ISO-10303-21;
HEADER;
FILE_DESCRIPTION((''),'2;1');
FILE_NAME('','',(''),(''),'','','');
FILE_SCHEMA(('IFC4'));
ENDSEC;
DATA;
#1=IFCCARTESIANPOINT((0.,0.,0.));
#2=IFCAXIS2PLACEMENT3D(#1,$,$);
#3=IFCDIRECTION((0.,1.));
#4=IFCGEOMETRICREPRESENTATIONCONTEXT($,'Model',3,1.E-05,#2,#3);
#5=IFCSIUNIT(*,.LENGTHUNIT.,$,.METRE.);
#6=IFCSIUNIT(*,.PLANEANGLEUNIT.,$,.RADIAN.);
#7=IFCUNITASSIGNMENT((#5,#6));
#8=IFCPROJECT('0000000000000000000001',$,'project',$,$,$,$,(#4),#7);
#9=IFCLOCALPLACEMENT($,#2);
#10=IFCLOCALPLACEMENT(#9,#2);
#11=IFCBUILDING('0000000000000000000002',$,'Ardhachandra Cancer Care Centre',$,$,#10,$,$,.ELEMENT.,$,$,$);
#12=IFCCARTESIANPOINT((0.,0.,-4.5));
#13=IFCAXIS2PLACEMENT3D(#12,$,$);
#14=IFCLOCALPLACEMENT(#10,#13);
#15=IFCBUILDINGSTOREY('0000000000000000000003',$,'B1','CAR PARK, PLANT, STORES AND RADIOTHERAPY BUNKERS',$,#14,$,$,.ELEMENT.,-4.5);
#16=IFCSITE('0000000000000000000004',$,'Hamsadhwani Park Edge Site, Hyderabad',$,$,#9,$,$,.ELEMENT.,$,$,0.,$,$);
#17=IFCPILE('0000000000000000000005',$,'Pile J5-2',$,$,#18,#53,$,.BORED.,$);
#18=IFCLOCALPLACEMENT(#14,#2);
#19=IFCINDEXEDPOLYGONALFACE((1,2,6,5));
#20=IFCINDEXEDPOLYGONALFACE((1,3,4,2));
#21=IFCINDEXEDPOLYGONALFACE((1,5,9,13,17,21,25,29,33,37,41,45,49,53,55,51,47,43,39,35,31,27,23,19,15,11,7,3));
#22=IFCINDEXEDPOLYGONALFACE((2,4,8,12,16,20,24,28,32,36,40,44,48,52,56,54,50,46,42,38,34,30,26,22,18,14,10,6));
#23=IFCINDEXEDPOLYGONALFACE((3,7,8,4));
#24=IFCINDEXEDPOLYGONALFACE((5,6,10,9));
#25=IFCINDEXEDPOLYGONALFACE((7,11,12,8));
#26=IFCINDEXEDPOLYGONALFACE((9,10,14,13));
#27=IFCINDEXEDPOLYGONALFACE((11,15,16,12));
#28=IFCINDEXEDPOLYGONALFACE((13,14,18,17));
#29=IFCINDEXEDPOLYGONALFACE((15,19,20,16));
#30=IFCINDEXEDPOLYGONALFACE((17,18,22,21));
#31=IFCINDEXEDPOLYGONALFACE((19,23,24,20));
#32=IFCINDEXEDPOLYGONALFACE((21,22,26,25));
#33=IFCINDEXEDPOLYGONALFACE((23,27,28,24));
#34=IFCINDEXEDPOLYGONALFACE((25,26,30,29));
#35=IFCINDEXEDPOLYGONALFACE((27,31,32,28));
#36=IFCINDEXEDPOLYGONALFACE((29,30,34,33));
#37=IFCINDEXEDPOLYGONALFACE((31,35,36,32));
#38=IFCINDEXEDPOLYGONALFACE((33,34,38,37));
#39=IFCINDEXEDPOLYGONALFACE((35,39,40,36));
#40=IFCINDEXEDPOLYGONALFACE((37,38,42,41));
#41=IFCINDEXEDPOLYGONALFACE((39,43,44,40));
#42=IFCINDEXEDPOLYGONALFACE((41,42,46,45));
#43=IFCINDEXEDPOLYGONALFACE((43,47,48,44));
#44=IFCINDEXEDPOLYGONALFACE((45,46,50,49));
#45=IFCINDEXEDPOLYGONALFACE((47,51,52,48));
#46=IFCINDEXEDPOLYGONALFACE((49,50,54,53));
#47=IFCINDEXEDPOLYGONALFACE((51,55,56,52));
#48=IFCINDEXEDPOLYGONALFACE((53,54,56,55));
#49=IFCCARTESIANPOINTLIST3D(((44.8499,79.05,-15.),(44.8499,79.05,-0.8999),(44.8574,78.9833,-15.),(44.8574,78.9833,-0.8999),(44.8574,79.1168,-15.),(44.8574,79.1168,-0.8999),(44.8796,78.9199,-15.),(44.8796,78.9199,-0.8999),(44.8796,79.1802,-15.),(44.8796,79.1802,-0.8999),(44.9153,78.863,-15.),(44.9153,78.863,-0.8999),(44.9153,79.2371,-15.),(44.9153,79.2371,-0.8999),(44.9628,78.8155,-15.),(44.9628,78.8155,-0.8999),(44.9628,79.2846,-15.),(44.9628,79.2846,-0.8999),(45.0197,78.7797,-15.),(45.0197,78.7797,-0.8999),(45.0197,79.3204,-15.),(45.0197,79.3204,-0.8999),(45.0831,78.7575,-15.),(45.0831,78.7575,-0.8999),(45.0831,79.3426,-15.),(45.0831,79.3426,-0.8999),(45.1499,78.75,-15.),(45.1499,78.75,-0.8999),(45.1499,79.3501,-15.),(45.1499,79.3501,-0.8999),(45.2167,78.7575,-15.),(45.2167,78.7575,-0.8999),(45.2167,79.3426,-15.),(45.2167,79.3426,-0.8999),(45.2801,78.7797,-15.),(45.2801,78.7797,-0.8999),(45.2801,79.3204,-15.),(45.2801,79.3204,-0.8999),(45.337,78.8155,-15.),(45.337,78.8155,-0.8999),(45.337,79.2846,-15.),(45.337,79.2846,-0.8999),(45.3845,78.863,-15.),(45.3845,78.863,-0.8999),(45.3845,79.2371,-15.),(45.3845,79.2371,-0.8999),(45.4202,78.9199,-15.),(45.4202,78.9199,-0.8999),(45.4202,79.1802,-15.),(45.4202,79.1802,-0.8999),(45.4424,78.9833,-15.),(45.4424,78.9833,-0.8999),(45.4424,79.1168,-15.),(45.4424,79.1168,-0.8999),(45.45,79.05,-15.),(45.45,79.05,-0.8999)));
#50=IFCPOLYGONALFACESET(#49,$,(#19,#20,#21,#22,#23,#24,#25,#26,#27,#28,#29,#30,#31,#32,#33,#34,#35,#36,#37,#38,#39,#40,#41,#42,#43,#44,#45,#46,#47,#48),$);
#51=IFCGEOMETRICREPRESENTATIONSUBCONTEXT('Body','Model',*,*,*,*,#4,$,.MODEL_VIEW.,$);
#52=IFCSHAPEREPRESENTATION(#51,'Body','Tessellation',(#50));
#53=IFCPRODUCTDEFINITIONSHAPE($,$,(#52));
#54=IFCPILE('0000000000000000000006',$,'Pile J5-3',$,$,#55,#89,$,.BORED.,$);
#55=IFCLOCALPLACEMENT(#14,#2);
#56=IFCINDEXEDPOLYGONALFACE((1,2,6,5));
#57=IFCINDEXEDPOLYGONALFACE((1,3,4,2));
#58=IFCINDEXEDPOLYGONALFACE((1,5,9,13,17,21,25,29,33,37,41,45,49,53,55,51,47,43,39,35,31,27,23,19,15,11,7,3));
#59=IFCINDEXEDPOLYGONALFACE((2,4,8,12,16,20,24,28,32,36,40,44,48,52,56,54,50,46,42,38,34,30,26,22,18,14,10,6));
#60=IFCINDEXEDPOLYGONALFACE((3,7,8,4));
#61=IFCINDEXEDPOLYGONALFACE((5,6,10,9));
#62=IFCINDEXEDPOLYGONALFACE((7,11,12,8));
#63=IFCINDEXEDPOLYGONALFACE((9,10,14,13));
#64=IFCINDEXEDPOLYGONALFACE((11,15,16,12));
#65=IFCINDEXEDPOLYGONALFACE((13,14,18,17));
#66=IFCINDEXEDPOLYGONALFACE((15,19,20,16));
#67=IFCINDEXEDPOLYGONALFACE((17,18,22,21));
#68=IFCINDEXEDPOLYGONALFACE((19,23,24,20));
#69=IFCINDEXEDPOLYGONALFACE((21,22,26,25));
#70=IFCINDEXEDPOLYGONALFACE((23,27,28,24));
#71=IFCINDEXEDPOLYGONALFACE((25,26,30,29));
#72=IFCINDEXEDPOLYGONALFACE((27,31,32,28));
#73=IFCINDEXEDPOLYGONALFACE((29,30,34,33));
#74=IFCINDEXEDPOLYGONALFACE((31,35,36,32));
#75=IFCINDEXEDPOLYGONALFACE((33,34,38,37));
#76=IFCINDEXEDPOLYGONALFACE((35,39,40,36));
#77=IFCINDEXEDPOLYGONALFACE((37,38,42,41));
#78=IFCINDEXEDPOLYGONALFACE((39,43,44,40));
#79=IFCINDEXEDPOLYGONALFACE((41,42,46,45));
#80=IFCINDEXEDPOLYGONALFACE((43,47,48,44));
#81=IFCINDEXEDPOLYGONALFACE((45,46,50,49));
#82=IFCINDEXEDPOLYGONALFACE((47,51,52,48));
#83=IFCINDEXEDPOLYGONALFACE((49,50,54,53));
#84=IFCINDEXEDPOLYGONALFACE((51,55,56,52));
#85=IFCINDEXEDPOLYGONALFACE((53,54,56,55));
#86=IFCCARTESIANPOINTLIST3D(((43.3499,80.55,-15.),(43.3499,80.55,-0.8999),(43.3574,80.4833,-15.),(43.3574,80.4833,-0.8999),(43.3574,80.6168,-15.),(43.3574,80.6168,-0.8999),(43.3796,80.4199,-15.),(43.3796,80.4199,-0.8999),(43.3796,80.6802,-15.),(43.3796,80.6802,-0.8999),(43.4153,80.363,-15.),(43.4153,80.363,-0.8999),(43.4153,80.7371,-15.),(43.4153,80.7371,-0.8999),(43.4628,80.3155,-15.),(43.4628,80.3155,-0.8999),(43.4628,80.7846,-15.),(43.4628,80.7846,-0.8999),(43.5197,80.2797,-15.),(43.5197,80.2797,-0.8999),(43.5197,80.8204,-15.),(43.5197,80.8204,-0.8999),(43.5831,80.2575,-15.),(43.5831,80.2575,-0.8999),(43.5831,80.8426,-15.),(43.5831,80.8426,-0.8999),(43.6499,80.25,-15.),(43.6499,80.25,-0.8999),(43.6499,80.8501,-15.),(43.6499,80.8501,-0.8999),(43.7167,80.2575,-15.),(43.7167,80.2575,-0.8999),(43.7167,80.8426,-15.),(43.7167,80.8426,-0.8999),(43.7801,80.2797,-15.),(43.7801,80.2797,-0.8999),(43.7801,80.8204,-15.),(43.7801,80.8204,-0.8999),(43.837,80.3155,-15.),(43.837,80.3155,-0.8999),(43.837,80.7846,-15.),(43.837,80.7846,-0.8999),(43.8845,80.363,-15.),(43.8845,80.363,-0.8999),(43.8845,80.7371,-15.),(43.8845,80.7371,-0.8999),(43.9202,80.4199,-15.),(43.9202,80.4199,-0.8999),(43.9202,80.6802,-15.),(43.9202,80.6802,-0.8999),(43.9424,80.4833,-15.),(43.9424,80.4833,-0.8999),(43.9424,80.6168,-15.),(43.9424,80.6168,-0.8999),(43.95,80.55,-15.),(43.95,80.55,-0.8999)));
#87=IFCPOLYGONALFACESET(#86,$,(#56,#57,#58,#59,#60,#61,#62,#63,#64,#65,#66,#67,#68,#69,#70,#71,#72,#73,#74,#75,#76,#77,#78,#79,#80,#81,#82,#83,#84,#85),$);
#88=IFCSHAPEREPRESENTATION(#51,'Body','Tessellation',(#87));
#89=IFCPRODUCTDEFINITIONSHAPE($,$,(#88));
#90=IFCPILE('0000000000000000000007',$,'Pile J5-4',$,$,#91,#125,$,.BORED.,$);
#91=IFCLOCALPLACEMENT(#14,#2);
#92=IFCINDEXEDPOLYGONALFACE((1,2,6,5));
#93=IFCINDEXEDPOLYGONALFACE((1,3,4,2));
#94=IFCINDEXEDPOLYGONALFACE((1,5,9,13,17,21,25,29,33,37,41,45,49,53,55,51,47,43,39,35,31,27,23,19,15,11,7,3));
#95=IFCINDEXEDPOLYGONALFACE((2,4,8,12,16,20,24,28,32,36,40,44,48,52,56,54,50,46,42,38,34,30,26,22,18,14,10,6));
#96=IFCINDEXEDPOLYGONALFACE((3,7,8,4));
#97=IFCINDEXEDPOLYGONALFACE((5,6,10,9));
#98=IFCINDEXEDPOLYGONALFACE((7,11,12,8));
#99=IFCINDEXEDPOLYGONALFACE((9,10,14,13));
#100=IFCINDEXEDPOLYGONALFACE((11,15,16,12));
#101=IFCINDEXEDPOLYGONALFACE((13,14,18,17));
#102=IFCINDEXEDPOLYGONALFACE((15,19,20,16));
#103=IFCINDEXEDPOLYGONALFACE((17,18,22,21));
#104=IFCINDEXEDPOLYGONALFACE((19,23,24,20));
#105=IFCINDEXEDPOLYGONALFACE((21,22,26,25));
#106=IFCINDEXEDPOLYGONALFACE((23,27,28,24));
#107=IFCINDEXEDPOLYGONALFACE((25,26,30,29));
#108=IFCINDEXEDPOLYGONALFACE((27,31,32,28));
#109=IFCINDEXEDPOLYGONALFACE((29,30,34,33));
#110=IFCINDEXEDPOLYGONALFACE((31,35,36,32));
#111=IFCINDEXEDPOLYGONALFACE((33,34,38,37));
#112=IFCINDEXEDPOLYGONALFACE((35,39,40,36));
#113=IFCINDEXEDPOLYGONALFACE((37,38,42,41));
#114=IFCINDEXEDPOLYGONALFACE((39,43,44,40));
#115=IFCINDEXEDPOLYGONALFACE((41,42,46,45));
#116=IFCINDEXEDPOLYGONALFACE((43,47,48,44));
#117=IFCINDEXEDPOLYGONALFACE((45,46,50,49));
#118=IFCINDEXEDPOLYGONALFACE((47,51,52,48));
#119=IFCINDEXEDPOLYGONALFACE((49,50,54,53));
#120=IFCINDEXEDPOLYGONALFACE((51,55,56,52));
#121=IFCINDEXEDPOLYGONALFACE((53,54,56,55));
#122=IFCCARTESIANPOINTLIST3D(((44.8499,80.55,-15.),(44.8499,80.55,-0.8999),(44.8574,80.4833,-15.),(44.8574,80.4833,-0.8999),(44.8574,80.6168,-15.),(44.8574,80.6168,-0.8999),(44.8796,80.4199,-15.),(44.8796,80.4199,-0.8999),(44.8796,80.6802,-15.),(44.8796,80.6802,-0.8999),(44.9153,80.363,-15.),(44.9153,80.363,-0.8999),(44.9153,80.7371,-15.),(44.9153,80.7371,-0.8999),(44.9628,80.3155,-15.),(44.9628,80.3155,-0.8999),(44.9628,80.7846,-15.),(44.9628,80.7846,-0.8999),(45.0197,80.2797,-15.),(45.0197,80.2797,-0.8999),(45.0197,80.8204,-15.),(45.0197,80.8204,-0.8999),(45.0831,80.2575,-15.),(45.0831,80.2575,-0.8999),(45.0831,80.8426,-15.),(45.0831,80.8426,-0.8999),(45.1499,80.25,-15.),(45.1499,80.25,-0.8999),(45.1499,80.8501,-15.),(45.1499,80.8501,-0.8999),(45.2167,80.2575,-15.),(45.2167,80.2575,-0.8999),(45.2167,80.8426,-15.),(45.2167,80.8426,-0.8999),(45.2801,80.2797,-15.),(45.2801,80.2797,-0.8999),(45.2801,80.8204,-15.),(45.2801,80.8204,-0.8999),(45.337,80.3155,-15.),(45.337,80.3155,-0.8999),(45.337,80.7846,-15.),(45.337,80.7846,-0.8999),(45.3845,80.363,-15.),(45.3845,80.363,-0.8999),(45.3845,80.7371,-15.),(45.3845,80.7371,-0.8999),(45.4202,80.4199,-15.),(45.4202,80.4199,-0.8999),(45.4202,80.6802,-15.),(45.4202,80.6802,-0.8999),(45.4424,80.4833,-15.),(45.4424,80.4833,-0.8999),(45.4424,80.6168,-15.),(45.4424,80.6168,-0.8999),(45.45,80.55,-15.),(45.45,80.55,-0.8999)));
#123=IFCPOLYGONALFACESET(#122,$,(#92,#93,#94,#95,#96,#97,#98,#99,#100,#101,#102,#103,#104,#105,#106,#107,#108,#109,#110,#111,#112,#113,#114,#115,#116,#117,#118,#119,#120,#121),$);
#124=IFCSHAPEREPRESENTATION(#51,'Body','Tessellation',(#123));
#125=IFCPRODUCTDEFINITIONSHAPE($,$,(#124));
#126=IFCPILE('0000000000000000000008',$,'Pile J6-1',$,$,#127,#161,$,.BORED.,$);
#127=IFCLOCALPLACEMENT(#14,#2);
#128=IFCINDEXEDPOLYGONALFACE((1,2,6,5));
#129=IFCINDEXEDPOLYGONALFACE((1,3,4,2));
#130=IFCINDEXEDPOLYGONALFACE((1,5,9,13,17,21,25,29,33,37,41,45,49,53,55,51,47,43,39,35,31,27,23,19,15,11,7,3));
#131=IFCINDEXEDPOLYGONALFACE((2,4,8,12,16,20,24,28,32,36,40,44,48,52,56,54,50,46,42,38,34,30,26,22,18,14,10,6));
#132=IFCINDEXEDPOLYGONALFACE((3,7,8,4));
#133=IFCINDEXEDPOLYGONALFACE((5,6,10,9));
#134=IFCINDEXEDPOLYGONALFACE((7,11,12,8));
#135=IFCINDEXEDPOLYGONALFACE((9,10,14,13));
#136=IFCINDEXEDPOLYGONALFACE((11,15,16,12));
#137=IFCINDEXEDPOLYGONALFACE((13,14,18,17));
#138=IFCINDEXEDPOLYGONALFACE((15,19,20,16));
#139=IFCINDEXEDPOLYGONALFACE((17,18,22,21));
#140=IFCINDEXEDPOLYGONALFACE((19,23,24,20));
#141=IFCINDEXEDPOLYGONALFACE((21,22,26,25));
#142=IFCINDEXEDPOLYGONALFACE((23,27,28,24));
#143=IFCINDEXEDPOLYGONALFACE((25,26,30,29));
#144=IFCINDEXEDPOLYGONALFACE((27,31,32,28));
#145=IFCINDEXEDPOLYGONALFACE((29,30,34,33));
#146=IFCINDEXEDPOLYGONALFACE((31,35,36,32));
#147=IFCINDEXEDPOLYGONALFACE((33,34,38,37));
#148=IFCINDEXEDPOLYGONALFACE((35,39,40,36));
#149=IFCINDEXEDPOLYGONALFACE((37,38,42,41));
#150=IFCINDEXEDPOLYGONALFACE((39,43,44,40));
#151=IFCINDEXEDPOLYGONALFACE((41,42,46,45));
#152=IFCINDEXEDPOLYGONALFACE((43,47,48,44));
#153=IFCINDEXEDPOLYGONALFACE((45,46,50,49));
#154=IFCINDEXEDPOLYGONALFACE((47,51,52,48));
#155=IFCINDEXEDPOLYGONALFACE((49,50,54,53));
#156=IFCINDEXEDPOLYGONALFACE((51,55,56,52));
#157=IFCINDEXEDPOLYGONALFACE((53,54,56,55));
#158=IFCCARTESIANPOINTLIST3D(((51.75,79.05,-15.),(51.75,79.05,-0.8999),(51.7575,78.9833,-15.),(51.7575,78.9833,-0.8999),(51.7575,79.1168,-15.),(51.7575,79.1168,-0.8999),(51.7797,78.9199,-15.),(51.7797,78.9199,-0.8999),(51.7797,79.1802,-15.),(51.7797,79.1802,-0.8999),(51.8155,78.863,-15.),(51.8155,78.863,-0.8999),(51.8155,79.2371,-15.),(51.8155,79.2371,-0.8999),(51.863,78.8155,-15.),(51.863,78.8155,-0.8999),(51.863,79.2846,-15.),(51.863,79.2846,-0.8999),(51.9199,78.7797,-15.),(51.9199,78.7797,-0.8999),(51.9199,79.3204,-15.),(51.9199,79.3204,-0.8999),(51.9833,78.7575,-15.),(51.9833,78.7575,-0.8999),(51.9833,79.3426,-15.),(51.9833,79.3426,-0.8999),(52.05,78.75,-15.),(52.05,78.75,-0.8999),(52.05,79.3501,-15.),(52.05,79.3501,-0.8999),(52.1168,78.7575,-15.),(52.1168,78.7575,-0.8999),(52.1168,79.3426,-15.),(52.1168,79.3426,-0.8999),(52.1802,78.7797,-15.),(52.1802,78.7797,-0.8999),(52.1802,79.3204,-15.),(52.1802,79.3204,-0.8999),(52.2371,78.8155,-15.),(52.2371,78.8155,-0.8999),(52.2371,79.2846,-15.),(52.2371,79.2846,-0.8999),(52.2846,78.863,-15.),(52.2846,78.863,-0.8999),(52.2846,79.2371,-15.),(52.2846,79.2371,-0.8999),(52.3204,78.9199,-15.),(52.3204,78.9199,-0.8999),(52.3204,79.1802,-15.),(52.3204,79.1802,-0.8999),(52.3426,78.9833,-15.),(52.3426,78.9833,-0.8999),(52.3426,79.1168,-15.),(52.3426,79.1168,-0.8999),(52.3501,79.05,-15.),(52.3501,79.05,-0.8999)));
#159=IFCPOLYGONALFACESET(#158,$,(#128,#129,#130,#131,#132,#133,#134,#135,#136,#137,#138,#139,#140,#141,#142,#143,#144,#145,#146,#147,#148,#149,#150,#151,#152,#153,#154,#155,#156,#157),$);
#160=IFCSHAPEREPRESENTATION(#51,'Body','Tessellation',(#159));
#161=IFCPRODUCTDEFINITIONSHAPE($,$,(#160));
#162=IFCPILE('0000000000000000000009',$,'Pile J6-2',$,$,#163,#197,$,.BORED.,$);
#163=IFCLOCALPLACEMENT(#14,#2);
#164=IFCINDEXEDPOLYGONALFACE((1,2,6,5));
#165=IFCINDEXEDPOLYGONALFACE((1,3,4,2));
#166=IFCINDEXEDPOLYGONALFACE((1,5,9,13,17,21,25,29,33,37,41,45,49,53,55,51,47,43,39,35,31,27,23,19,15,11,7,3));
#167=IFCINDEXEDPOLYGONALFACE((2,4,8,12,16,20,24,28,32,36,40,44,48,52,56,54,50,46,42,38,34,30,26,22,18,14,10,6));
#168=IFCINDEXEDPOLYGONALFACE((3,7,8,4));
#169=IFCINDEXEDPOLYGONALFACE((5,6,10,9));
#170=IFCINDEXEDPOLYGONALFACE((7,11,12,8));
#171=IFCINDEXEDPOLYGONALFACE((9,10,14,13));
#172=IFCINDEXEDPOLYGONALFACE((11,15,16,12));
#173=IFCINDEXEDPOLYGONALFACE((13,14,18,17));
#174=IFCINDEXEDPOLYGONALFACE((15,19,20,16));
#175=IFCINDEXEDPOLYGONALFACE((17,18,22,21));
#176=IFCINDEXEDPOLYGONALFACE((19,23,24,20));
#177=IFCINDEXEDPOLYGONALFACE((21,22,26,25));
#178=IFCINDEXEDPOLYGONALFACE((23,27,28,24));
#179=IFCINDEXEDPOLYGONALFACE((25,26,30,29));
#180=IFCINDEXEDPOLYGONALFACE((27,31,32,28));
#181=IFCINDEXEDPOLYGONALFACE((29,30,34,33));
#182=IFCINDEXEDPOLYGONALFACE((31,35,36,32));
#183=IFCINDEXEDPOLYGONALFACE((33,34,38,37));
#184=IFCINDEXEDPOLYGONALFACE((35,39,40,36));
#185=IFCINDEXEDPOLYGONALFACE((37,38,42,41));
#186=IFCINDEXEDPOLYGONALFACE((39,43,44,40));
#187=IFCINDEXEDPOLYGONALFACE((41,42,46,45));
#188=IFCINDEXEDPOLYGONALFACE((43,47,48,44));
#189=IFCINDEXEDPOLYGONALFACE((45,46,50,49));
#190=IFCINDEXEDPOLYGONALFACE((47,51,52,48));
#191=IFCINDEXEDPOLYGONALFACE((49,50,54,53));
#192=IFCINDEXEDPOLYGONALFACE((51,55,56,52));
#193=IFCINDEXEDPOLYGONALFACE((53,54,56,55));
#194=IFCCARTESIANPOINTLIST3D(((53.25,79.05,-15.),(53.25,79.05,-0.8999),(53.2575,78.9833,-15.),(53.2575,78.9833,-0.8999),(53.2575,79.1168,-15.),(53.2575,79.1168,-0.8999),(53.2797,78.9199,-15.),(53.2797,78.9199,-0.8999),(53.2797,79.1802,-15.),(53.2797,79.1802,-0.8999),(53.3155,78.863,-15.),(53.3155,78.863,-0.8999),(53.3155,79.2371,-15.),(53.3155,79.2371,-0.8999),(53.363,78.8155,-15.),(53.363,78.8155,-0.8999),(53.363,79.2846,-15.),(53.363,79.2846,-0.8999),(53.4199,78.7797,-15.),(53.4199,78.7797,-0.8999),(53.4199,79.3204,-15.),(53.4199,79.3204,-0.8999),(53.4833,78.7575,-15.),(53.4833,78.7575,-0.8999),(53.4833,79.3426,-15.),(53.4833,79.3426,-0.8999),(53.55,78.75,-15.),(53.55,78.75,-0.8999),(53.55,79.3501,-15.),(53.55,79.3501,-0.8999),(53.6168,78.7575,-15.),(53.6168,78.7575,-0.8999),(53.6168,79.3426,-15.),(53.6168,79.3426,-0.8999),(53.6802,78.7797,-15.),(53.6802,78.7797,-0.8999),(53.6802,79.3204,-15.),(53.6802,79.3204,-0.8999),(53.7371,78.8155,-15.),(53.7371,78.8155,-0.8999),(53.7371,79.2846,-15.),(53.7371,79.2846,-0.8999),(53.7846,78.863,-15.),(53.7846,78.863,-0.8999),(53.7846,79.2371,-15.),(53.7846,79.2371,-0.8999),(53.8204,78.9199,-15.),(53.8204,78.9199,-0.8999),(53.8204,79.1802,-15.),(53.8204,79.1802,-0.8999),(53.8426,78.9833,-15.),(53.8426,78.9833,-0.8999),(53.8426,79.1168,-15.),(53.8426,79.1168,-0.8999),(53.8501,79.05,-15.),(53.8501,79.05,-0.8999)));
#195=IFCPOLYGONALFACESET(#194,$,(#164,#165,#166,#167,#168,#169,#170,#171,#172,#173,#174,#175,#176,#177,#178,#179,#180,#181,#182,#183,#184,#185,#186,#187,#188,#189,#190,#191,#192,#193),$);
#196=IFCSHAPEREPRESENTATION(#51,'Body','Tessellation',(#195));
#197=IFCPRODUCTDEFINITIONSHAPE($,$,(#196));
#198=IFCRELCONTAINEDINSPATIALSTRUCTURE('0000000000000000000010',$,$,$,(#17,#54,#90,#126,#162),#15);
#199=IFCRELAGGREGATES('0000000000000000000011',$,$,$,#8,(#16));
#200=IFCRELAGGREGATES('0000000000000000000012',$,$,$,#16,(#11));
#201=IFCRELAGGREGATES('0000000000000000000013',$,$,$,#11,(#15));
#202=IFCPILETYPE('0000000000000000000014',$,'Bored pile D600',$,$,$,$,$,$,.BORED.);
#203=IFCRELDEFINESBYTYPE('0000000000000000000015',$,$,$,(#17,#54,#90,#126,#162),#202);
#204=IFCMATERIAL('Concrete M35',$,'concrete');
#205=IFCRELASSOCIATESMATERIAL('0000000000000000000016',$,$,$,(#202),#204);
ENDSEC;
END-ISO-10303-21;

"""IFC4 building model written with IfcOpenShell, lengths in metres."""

from ifc_helpers import new_model, si_unit, direction, frame, origin, origin_2d, place, context, subcontext, project, spatial, circle, extrude, material, material_profile, profile_set, type_object, element, save


model = new_model("IFC4")

# Units and contexts
model_context = context("Model", 3, precision=1e-05, world=origin(), true_north=direction((0.0, 1.0)))
body_context = subcontext(model_context, "Body", "Model", "MODEL_VIEW")
ifc_project = project(units=[si_unit("LENGTHUNIT", "METRE"), si_unit("PLANEANGLEUNIT", "RADIAN")], contexts=[model_context])

# Site, building, storey
site_placement = place(None, origin())
site = spatial("IfcSite", under=ifc_project, at=site_placement, Name="Hamsadhwani Park Edge Site, Hyderabad", CompositionType="ELEMENT", RefElevation=0.0)
building_placement = place(site_placement, origin())
building = spatial("IfcBuilding", under=site, at=building_placement, Name="Ardhachandra Cancer Care Centre", CompositionType="ELEMENT")
storey_placement = place(building_placement, frame((0.0, 0.0, -4.5)))
storey = spatial("IfcBuildingStorey", under=building, at=storey_placement, Name="B1", Description="CAR PARK, PLANT, STORES AND RADIOTHERAPY BUNKERS", CompositionType="ELEMENT", Elevation=-4.5)

# Piles
ifc_material_1 = material(Name="Concrete M35", Category="concrete")
ifc_material_profile_1 = material_profile(ifc_material_1, circle(Radius=0.3, at=origin_2d()), Name="D600")
ifc_profile_set_1 = profile_set([ifc_material_profile_1], Name="Concrete M35")
pile_type = type_object("IfcPileType", Name="Bored pile D600", PredefinedType="BORED", material=ifc_profile_set_1)
for number, where, z_axis, x_axis, name in (
    (1, (45.1499, 79.05, -0.8999), (0.0, 0.0, -1.0), (1.0, 0.0, 0.0), "Pile J5-2"),
    (2, (43.6499, 80.55, -0.8999), (0.0, 0.0, -1.0), (1.0, 0.0, 0.0), "Pile J5-3"),
    (3, (45.1499, 80.55, -0.8999), (0.0, 0.0, -1.0), (1.0, 0.0, 0.0), "Pile J5-4"),
    (4, (52.05, 79.05, -0.8999), (0.0, 0.0, -1.0), (1.0, 0.0, 0.0), "Pile J6-1"),
    (5, (53.55, 79.05, -0.8999), (0.0, 0.0, -1.0), (1.0, 0.0, 0.0), "Pile J6-2"),
):
    element("IfcPile", number, at=place(storey_placement, frame(where, z_axis=z_axis, x_axis=x_axis)), inside=storey, type_object=pile_type, Name=name, PredefinedType="BORED", context=body_context, shape_type="SweptSolid", body=[
        extrude(circle(Radius=0.3, at=origin_2d()), origin(), (0.0, 0.0, 1.0), 14.1001),
    ])

save(model, "model.ifc")
